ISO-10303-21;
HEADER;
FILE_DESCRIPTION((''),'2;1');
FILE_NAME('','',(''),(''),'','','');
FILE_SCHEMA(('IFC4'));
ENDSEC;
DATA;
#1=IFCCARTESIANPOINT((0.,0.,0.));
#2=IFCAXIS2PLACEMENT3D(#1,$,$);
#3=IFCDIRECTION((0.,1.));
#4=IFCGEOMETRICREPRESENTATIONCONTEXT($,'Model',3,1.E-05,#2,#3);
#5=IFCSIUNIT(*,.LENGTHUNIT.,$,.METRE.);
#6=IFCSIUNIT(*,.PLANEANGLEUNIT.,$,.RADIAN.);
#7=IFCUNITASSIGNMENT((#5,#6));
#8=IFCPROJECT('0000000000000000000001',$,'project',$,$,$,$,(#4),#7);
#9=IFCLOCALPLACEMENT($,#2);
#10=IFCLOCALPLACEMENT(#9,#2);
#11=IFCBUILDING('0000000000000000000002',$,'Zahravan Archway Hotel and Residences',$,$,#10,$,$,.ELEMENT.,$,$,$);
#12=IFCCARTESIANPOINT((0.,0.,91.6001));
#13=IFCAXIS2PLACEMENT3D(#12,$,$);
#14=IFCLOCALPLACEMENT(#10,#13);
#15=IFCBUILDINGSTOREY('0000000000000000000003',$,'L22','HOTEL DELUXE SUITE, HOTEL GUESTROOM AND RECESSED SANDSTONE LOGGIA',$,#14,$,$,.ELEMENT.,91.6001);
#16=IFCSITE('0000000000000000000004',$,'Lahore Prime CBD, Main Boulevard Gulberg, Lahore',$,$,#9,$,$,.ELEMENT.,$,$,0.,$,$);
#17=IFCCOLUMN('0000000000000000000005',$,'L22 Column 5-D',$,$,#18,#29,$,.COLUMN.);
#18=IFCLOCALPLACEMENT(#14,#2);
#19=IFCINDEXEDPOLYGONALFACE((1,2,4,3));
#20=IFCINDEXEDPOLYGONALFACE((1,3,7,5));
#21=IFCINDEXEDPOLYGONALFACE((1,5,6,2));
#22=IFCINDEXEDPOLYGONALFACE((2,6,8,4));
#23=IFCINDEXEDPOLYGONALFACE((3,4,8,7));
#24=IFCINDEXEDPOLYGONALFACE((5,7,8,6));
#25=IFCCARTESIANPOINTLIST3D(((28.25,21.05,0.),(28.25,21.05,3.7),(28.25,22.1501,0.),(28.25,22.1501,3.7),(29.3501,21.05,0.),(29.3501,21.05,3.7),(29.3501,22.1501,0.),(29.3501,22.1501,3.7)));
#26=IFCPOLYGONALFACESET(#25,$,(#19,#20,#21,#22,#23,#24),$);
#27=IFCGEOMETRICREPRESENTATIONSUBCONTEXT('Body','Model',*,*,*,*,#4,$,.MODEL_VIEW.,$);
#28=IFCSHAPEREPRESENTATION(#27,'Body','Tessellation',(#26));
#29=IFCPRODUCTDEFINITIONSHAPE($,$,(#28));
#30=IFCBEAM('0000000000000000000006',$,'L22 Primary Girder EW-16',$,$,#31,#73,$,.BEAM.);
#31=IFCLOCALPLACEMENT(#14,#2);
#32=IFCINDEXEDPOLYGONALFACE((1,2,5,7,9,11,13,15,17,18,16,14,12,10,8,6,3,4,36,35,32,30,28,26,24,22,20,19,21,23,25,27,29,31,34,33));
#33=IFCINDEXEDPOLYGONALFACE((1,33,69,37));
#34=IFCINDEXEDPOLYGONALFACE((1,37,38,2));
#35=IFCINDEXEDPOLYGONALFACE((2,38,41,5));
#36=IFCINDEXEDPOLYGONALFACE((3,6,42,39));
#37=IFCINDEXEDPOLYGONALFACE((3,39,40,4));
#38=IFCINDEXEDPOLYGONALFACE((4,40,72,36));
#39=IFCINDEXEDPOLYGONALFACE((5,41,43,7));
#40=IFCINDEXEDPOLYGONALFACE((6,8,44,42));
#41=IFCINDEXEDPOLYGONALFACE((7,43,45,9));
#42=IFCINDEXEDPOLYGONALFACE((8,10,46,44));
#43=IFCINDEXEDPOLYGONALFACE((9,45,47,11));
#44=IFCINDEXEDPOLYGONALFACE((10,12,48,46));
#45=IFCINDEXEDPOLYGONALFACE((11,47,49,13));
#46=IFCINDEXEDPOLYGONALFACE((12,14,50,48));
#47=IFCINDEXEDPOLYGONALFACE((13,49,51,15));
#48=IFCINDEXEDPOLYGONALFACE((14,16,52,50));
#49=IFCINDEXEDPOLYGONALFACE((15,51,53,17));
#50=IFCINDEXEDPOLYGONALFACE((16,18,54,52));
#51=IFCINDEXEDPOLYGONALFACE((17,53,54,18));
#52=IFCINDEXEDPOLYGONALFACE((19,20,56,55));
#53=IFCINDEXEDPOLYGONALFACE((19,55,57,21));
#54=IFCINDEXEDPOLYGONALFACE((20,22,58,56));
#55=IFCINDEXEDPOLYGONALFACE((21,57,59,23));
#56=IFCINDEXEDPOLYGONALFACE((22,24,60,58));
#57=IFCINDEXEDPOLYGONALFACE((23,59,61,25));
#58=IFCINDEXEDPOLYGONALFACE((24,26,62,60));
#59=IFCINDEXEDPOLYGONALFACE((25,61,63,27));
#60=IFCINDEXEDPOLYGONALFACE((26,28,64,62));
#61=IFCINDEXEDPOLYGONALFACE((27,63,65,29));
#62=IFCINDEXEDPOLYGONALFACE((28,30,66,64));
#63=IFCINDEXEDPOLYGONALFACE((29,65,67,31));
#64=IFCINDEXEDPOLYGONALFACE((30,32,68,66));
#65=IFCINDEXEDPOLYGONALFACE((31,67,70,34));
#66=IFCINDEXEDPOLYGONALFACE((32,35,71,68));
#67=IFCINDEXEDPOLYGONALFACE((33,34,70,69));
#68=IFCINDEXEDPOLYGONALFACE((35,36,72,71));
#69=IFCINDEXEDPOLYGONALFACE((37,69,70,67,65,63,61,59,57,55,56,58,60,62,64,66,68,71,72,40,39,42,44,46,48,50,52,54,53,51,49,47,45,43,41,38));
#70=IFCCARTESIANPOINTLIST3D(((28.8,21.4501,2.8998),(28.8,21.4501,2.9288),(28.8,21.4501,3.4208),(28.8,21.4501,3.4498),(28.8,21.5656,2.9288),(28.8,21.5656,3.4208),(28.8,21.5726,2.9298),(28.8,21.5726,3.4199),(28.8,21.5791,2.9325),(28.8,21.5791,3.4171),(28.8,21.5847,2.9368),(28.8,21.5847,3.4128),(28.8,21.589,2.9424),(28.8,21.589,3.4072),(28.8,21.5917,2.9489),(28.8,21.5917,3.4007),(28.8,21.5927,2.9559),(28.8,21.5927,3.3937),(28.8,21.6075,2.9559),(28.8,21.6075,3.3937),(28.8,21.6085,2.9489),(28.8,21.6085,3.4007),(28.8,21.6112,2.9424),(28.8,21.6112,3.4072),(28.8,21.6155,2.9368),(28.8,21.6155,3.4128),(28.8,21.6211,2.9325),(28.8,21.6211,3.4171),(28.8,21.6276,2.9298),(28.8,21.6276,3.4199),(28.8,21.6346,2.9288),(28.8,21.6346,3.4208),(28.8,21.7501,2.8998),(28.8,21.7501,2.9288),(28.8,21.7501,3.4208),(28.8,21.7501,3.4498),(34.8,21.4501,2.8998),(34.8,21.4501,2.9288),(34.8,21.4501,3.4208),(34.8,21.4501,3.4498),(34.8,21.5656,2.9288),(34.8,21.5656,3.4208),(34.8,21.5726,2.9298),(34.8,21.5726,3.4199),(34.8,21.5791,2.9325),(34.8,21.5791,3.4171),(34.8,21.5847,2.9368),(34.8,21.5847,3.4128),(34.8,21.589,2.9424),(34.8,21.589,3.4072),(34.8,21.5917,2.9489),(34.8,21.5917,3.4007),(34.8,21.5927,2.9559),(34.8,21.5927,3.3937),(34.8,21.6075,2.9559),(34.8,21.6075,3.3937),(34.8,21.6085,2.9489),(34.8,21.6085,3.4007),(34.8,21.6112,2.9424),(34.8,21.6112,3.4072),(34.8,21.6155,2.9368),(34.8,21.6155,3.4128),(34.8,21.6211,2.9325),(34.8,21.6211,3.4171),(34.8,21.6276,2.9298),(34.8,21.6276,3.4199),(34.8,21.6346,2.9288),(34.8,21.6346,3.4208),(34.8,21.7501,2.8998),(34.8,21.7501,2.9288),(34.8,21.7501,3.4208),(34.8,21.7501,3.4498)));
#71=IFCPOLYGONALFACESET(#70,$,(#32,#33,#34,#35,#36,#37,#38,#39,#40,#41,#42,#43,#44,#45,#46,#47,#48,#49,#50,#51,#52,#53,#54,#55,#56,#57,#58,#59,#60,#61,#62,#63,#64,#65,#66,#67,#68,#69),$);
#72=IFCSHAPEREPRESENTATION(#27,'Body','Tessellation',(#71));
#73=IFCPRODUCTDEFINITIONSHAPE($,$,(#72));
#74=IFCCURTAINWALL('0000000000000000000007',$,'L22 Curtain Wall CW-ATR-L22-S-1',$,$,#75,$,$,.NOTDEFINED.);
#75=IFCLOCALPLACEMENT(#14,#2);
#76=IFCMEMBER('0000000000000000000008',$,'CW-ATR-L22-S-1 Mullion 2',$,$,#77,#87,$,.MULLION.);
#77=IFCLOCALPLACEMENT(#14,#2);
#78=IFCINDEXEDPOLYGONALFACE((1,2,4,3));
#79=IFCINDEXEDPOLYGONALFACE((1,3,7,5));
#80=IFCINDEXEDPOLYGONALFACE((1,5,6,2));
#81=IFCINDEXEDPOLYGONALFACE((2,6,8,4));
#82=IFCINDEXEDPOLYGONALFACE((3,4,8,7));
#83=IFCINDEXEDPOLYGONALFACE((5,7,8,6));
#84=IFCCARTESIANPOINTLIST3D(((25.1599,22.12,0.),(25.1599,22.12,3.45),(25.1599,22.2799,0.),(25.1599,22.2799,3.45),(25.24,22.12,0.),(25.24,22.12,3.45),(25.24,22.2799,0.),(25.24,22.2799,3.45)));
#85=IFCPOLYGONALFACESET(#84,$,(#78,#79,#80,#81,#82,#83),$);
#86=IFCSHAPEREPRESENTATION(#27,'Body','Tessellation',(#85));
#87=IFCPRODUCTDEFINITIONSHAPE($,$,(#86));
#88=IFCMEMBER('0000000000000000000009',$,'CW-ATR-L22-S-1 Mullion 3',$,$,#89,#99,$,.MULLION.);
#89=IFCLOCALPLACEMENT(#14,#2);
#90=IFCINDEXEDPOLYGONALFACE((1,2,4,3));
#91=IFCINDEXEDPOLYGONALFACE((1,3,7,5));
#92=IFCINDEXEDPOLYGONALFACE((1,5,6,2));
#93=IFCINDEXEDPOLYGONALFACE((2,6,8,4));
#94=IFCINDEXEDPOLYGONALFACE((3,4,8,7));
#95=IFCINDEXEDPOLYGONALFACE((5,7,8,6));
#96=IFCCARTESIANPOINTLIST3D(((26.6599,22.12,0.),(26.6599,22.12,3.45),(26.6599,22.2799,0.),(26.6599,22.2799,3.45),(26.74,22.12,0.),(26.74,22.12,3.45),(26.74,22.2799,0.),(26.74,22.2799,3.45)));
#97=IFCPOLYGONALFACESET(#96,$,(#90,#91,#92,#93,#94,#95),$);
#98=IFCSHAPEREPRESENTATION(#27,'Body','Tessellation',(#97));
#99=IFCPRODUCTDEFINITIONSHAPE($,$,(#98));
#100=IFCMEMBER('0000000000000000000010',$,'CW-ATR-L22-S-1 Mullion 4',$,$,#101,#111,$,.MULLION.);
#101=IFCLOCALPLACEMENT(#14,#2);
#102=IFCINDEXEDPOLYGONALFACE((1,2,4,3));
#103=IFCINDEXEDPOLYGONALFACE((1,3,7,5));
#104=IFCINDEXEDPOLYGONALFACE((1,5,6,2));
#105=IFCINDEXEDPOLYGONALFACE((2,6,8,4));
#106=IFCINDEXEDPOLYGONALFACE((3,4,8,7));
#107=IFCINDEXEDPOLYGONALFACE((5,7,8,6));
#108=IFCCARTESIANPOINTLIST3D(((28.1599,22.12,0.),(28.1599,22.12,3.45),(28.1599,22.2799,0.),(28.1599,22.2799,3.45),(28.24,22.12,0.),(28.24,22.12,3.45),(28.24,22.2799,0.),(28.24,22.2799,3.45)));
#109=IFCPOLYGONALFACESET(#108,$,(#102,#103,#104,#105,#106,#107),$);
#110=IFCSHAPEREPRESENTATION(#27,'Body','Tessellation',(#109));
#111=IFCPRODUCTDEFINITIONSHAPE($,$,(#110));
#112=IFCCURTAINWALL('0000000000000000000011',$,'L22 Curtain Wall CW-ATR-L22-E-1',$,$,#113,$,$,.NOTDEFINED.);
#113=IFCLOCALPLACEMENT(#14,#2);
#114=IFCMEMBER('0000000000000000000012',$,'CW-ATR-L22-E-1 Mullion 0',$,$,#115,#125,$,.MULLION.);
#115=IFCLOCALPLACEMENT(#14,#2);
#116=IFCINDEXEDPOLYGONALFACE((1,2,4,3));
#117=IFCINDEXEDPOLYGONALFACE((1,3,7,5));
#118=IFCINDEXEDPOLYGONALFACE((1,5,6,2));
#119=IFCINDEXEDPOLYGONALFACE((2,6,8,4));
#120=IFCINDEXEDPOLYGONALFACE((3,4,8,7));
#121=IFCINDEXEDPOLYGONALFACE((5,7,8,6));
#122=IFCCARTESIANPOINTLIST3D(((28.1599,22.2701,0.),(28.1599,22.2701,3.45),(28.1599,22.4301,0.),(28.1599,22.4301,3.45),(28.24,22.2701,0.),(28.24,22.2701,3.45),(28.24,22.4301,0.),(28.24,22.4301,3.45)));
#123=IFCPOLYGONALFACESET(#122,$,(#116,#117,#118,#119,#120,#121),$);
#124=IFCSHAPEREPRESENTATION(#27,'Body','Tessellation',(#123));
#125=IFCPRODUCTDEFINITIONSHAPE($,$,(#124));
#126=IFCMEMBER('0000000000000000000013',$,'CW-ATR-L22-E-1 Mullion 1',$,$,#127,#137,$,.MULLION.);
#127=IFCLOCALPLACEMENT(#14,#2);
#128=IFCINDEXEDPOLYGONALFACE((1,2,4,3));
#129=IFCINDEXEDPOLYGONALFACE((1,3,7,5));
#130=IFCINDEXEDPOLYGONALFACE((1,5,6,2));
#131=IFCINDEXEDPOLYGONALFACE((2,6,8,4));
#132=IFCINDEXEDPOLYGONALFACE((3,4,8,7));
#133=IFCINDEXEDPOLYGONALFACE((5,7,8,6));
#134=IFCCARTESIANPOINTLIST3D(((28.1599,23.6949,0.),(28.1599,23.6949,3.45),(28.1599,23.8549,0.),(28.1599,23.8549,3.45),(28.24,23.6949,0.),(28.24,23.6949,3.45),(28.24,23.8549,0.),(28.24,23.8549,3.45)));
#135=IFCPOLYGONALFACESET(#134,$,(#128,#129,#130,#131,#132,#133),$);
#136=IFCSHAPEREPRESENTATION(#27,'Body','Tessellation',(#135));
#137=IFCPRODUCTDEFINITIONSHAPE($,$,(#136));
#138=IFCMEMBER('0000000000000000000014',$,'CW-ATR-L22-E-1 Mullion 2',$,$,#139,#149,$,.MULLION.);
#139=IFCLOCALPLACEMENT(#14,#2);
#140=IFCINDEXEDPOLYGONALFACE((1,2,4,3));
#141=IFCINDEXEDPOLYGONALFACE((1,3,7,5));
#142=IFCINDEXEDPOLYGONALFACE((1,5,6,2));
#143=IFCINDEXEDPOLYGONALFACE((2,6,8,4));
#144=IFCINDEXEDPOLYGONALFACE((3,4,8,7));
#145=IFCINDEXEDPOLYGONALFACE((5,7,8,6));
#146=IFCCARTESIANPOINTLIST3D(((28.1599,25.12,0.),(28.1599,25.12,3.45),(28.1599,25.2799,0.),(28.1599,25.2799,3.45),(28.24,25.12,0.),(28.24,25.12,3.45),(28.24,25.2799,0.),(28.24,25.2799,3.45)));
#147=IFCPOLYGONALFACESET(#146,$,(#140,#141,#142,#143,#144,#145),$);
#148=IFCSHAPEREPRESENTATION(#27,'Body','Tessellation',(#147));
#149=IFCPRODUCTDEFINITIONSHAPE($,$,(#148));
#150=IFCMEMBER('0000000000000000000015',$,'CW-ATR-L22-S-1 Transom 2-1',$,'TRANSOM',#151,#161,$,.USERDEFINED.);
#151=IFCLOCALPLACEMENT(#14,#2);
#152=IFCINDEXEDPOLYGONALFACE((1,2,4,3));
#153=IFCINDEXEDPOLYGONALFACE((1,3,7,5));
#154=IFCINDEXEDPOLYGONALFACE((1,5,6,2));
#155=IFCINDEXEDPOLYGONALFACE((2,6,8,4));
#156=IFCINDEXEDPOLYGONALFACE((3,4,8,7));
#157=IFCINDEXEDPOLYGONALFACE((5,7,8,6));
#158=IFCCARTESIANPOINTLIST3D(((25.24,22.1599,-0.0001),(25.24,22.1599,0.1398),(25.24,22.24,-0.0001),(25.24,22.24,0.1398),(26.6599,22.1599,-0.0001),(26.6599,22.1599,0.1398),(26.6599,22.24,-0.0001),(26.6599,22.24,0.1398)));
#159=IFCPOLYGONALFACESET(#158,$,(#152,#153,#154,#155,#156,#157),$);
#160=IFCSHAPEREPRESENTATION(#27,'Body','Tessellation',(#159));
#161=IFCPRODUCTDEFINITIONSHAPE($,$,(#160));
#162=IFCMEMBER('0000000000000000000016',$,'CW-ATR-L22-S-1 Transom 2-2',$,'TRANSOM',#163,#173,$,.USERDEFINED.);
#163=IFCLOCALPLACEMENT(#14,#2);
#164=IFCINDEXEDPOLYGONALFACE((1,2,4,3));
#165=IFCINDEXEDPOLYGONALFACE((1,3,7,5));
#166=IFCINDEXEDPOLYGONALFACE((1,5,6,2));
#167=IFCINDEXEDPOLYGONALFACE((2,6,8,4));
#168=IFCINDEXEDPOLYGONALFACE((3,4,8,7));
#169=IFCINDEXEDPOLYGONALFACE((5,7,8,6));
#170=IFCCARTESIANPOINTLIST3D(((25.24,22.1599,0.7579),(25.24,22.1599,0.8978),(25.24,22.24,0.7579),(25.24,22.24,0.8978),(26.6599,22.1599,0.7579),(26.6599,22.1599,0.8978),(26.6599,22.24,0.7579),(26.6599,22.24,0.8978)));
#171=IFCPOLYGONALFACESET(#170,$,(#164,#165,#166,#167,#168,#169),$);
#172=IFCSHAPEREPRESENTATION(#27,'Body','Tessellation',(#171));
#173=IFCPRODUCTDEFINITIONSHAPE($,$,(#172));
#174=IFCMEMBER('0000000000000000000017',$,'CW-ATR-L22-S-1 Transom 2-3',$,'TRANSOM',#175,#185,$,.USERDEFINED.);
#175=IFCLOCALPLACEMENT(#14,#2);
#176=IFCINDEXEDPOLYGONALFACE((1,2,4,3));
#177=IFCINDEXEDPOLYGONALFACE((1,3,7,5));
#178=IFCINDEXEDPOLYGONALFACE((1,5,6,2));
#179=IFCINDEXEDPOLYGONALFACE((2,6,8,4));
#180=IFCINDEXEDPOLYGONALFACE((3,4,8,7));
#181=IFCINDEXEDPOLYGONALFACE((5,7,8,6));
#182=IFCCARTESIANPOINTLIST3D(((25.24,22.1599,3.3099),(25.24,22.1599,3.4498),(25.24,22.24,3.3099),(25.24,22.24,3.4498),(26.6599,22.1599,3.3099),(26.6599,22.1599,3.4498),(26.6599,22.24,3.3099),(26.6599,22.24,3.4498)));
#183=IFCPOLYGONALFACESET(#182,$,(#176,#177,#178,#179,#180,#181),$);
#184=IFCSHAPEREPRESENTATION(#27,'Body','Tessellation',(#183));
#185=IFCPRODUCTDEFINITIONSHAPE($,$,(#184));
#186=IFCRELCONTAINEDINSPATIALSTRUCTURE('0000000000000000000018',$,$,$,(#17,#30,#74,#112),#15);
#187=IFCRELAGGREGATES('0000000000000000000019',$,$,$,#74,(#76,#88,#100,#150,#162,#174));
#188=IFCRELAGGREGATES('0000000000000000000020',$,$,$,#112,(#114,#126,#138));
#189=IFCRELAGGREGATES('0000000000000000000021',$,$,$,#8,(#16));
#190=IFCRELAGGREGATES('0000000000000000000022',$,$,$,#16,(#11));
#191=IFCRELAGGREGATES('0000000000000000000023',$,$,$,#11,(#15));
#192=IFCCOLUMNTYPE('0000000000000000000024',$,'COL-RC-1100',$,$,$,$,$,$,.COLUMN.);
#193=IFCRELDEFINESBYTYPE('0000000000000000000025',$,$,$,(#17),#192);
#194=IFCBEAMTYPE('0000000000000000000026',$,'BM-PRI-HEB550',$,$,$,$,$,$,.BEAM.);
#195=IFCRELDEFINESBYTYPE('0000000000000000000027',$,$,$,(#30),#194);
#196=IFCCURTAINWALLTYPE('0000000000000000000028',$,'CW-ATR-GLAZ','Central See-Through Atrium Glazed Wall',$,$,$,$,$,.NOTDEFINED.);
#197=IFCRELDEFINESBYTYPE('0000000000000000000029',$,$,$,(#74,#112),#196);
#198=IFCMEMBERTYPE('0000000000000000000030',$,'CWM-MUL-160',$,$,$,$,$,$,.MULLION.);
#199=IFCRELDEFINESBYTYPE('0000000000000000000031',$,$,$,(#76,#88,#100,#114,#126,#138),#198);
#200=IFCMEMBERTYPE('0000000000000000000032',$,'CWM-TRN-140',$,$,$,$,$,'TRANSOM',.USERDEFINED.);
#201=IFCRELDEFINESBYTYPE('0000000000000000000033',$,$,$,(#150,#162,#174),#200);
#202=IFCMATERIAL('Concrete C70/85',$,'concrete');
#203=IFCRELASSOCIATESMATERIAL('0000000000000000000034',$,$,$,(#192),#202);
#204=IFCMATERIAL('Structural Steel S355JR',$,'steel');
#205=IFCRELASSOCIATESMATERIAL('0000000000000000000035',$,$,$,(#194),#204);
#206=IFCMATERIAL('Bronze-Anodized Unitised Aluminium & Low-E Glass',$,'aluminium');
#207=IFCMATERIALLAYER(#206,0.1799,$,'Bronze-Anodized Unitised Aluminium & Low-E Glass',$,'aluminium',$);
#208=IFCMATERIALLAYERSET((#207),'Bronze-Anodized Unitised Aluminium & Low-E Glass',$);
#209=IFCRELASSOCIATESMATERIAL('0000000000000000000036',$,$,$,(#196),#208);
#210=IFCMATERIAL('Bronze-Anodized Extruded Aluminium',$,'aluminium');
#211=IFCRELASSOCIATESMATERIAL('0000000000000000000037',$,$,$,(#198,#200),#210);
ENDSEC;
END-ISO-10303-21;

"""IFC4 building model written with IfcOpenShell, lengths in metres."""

from ifc_helpers import new_model, si_unit, direction, frame, origin, origin_2d, place, context, subcontext, project, spatial, rectangle, i_section, extrude, source, transform, mapped, material, layer, layer_set, material_profile, profile_set, type_object, element, aggregate, save


model = new_model("IFC4")

# Units and contexts
model_context = context("Model", 3, precision=1e-05, world=origin(), true_north=direction((0.0, 1.0)))
body_context = subcontext(model_context, "Body", "Model", "MODEL_VIEW")
ifc_project = project(units=[si_unit("LENGTHUNIT", "METRE"), si_unit("PLANEANGLEUNIT", "RADIAN")], contexts=[model_context])

# Site, building, storey
site_placement = place(None, origin())
site = spatial("IfcSite", under=ifc_project, at=site_placement, Name="Lahore Prime CBD, Main Boulevard Gulberg, Lahore", CompositionType="ELEMENT", RefElevation=0.0)
building_placement = place(site_placement, origin())
building = spatial("IfcBuilding", under=site, at=building_placement, Name="Zahravan Archway Hotel and Residences", CompositionType="ELEMENT")
storey_placement = place(building_placement, frame((0.0, 0.0, 91.6001)))
storey = spatial("IfcBuildingStorey", under=building, at=storey_placement, Name="L22", Description="HOTEL DELUXE SUITE, HOTEL GUESTROOM AND RECESSED SANDSTONE LOGGIA", CompositionType="ELEMENT", Elevation=91.6001)

# Column
ifc_material_1 = material(Name="Concrete C70/85", Category="concrete")
ifc_material_profile_1 = material_profile(ifc_material_1, rectangle(XDim=1.1001, YDim=1.1001, at=origin_2d()), Name="RC 1100x1100", Category="concrete")
ifc_profile_set_1 = profile_set([ifc_material_profile_1], Name="Concrete C70/85")
column_type = type_object("IfcColumnType", Name="COL-RC-1100", PredefinedType="COLUMN", material=ifc_profile_set_1)
shared_shape_1 = source(origin(), body_context, "Body", "SweptSolid", [
    extrude(rectangle(XDim=1.1001, YDim=1.1001, at=origin_2d()), origin(), (0.0, 0.0, 1.0), 3.7),
])
column_placement = place(storey_placement, frame((28.8, 21.6001, 0.0), z_axis=(0.0, 0.0, 1.0), x_axis=(1.0, 0.0, 0.0)))
element("IfcColumn", 1, at=column_placement, inside=storey, type_object=column_type, Name="L22 Column 5-D", PredefinedType="COLUMN", context=body_context, shape_type="MappedRepresentation", body=[
    mapped(shared_shape_1, transform((0.0, 0.0, 0.0), scale=1.0)),
])

# Beam
ifc_material_2 = material(Name="Structural Steel S355JR", Category="steel")
ifc_material_profile_2 = material_profile(ifc_material_2, i_section(OverallWidth=0.3, OverallDepth=0.55, WebThickness=0.0149, FlangeThickness=0.0291, FilletRadius=0.0271, at=origin_2d()), Name="HEB 550", Category="steel")
ifc_profile_set_2 = profile_set([ifc_material_profile_2], Name="Structural Steel S355JR")
beam_type = type_object("IfcBeamType", Name="BM-PRI-HEB550", PredefinedType="BEAM", material=ifc_profile_set_2)
shared_shape_2 = source(origin(), body_context, "Body", "SweptSolid", [
    extrude(i_section(OverallWidth=0.3, OverallDepth=0.55, WebThickness=0.0149, FlangeThickness=0.0291, FilletRadius=0.0271, at=origin_2d()), origin(), (0.0, 0.0, 1.0), 6.0),
])
beam_placement = place(storey_placement, frame((28.8, 21.6001, 3.1748), z_axis=(1.0, 0.0, 0.0), x_axis=(0.0, 1.0, 0.0)))
element("IfcBeam", 2, at=beam_placement, inside=storey, type_object=beam_type, Name="L22 Primary Girder EW-16", PredefinedType="BEAM", context=body_context, shape_type="MappedRepresentation", body=[
    mapped(shared_shape_2, transform((0.0, 0.0, 0.0), scale=1.0)),
])

# Curtain walls, members
ifc_material_3 = material(Name="Bronze-Anodized Unitised Aluminium & Low-E Glass", Category="aluminium")
ifc_layer_1 = layer(ifc_material_3, 0.1799, Name="Bronze-Anodized Unitised Aluminium & Low-E Glass", Category="aluminium")
ifc_layer_set_1 = layer_set([ifc_layer_1], Name="Bronze-Anodized Unitised Aluminium & Low-E Glass")
curtain_wall_type = type_object("IfcCurtainWallType", Name="CW-ATR-GLAZ", Description="Central See-Through Atrium Glazed Wall", PredefinedType="NOTDEFINED", material=ifc_layer_set_1)
curtain_wall_1_placement = place(storey_placement, origin())
curtain_wall_1 = element("IfcCurtainWall", 3, at=curtain_wall_1_placement, inside=storey, type_object=curtain_wall_type, Name="L22 Curtain Wall CW-ATR-L22-S-1", PredefinedType="NOTDEFINED")
ifc_material_4 = material(Name="Bronze-Anodized Extruded Aluminium", Category="aluminium")
ifc_material_profile_3 = material_profile(ifc_material_4, rectangle(XDim=0.0801, YDim=0.1599, at=origin_2d()), Name="MUL 80x160", Category="aluminium")
ifc_profile_set_3 = profile_set([ifc_material_profile_3], Name="Bronze-Anodized Extruded Aluminium")
member_type_1 = type_object("IfcMemberType", Name="CWM-MUL-160", PredefinedType="MULLION", material=ifc_profile_set_3)
shared_shape_3 = source(origin(), body_context, "Body", "SweptSolid", [
    extrude(rectangle(XDim=0.0801, YDim=0.1599, at=origin_2d()), origin(), (0.0, 0.0, 1.0), 3.45),
])
member_1_placement = place(storey_placement, frame((25.2, 22.2, 0.0), z_axis=(0.0, 0.0, 1.0), x_axis=(1.0, 0.0, 0.0)))
member_1 = element("IfcMember", 4, at=member_1_placement, type_object=member_type_1, Name="CW-ATR-L22-S-1 Mullion 2", PredefinedType="MULLION", context=body_context, shape_type="MappedRepresentation", body=[
    mapped(shared_shape_3, transform((0.0, 0.0, 0.0), scale=1.0)),
])
member_2_placement = place(storey_placement, frame((26.7, 22.2, 0.0), z_axis=(0.0, 0.0, 1.0), x_axis=(1.0, 0.0, 0.0)))
member_2 = element("IfcMember", 5, at=member_2_placement, type_object=member_type_1, Name="CW-ATR-L22-S-1 Mullion 3", PredefinedType="MULLION", context=body_context, shape_type="MappedRepresentation", body=[
    mapped(shared_shape_3, transform((0.0, 0.0, 0.0), scale=1.0)),
])
member_3_placement = place(storey_placement, frame((28.2, 22.2, 0.0), z_axis=(0.0, 0.0, 1.0), x_axis=(1.0, 0.0, 0.0)))
member_3 = element("IfcMember", 6, at=member_3_placement, type_object=member_type_1, Name="CW-ATR-L22-S-1 Mullion 4", PredefinedType="MULLION", context=body_context, shape_type="MappedRepresentation", body=[
    mapped(shared_shape_3, transform((0.0, 0.0, 0.0), scale=1.0)),
])
curtain_wall_2_placement = place(storey_placement, origin())
curtain_wall_2 = element("IfcCurtainWall", 7, at=curtain_wall_2_placement, inside=storey, type_object=curtain_wall_type, Name="L22 Curtain Wall CW-ATR-L22-E-1", PredefinedType="NOTDEFINED")
member_4_placement = place(storey_placement, frame((28.2, 22.3501, 0.0), z_axis=(0.0, 0.0, 1.0), x_axis=(1.0, 0.0, 0.0)))
member_4 = element("IfcMember", 8, at=member_4_placement, type_object=member_type_1, Name="CW-ATR-L22-E-1 Mullion 0", PredefinedType="MULLION", context=body_context, shape_type="MappedRepresentation", body=[
    mapped(shared_shape_3, transform((0.0, 0.0, 0.0), scale=1.0)),
])
member_5_placement = place(storey_placement, frame((28.2, 23.7749, 0.0), z_axis=(0.0, 0.0, 1.0), x_axis=(1.0, 0.0, 0.0)))
member_5 = element("IfcMember", 9, at=member_5_placement, type_object=member_type_1, Name="CW-ATR-L22-E-1 Mullion 1", PredefinedType="MULLION", context=body_context, shape_type="MappedRepresentation", body=[
    mapped(shared_shape_3, transform((0.0, 0.0, 0.0), scale=1.0)),
])
member_6_placement = place(storey_placement, frame((28.2, 25.2, 0.0), z_axis=(0.0, 0.0, 1.0), x_axis=(1.0, 0.0, 0.0)))
member_6 = element("IfcMember", 10, at=member_6_placement, type_object=member_type_1, Name="CW-ATR-L22-E-1 Mullion 2", PredefinedType="MULLION", context=body_context, shape_type="MappedRepresentation", body=[
    mapped(shared_shape_3, transform((0.0, 0.0, 0.0), scale=1.0)),
])

# Members
ifc_material_profile_4 = material_profile(ifc_material_4, rectangle(XDim=0.0801, YDim=0.1399, at=origin_2d()), Name="TRN 80x140", Category="aluminium")
ifc_profile_set_4 = profile_set([ifc_material_profile_4], Name="Bronze-Anodized Extruded Aluminium")
member_type_2 = type_object("IfcMemberType", Name="CWM-TRN-140", ElementType="TRANSOM", PredefinedType="USERDEFINED", material=ifc_profile_set_4)
shared_shape_4 = source(origin(), body_context, "Body", "SweptSolid", [
    extrude(rectangle(XDim=0.0801, YDim=0.1399, at=origin_2d()), origin(), (0.0, 0.0, 1.0), 1.4199),
])
member_7_placement = place(storey_placement, frame((25.24, 22.2, 0.0698), z_axis=(1.0, 0.0, 0.0), x_axis=(0.0, 1.0, 0.0)))
member_7 = element("IfcMember", 11, at=member_7_placement, type_object=member_type_2, Name="CW-ATR-L22-S-1 Transom 2-1", ObjectType="TRANSOM", PredefinedType="USERDEFINED", context=body_context, shape_type="MappedRepresentation", body=[
    mapped(shared_shape_4, transform((0.0, 0.0, 0.0), scale=1.0)),
])
member_8_placement = place(storey_placement, frame((25.24, 22.2, 0.8279), z_axis=(1.0, 0.0, 0.0), x_axis=(0.0, 1.0, 0.0)))
member_8 = element("IfcMember", 12, at=member_8_placement, type_object=member_type_2, Name="CW-ATR-L22-S-1 Transom 2-2", ObjectType="TRANSOM", PredefinedType="USERDEFINED", context=body_context, shape_type="MappedRepresentation", body=[
    mapped(shared_shape_4, transform((0.0, 0.0, 0.0), scale=1.0)),
])
member_9_placement = place(storey_placement, frame((25.24, 22.2, 3.3799), z_axis=(1.0, 0.0, 0.0), x_axis=(0.0, 1.0, 0.0)))
member_9 = element("IfcMember", 13, at=member_9_placement, type_object=member_type_2, Name="CW-ATR-L22-S-1 Transom 2-3", ObjectType="TRANSOM", PredefinedType="USERDEFINED", context=body_context, shape_type="MappedRepresentation", body=[
    mapped(shared_shape_4, transform((0.0, 0.0, 0.0), scale=1.0)),
])

aggregate(curtain_wall_1, [member_1, member_2, member_3, member_7, member_8, member_9])
aggregate(curtain_wall_2, [member_4, member_5, member_6])

save(model, "model.ifc")
